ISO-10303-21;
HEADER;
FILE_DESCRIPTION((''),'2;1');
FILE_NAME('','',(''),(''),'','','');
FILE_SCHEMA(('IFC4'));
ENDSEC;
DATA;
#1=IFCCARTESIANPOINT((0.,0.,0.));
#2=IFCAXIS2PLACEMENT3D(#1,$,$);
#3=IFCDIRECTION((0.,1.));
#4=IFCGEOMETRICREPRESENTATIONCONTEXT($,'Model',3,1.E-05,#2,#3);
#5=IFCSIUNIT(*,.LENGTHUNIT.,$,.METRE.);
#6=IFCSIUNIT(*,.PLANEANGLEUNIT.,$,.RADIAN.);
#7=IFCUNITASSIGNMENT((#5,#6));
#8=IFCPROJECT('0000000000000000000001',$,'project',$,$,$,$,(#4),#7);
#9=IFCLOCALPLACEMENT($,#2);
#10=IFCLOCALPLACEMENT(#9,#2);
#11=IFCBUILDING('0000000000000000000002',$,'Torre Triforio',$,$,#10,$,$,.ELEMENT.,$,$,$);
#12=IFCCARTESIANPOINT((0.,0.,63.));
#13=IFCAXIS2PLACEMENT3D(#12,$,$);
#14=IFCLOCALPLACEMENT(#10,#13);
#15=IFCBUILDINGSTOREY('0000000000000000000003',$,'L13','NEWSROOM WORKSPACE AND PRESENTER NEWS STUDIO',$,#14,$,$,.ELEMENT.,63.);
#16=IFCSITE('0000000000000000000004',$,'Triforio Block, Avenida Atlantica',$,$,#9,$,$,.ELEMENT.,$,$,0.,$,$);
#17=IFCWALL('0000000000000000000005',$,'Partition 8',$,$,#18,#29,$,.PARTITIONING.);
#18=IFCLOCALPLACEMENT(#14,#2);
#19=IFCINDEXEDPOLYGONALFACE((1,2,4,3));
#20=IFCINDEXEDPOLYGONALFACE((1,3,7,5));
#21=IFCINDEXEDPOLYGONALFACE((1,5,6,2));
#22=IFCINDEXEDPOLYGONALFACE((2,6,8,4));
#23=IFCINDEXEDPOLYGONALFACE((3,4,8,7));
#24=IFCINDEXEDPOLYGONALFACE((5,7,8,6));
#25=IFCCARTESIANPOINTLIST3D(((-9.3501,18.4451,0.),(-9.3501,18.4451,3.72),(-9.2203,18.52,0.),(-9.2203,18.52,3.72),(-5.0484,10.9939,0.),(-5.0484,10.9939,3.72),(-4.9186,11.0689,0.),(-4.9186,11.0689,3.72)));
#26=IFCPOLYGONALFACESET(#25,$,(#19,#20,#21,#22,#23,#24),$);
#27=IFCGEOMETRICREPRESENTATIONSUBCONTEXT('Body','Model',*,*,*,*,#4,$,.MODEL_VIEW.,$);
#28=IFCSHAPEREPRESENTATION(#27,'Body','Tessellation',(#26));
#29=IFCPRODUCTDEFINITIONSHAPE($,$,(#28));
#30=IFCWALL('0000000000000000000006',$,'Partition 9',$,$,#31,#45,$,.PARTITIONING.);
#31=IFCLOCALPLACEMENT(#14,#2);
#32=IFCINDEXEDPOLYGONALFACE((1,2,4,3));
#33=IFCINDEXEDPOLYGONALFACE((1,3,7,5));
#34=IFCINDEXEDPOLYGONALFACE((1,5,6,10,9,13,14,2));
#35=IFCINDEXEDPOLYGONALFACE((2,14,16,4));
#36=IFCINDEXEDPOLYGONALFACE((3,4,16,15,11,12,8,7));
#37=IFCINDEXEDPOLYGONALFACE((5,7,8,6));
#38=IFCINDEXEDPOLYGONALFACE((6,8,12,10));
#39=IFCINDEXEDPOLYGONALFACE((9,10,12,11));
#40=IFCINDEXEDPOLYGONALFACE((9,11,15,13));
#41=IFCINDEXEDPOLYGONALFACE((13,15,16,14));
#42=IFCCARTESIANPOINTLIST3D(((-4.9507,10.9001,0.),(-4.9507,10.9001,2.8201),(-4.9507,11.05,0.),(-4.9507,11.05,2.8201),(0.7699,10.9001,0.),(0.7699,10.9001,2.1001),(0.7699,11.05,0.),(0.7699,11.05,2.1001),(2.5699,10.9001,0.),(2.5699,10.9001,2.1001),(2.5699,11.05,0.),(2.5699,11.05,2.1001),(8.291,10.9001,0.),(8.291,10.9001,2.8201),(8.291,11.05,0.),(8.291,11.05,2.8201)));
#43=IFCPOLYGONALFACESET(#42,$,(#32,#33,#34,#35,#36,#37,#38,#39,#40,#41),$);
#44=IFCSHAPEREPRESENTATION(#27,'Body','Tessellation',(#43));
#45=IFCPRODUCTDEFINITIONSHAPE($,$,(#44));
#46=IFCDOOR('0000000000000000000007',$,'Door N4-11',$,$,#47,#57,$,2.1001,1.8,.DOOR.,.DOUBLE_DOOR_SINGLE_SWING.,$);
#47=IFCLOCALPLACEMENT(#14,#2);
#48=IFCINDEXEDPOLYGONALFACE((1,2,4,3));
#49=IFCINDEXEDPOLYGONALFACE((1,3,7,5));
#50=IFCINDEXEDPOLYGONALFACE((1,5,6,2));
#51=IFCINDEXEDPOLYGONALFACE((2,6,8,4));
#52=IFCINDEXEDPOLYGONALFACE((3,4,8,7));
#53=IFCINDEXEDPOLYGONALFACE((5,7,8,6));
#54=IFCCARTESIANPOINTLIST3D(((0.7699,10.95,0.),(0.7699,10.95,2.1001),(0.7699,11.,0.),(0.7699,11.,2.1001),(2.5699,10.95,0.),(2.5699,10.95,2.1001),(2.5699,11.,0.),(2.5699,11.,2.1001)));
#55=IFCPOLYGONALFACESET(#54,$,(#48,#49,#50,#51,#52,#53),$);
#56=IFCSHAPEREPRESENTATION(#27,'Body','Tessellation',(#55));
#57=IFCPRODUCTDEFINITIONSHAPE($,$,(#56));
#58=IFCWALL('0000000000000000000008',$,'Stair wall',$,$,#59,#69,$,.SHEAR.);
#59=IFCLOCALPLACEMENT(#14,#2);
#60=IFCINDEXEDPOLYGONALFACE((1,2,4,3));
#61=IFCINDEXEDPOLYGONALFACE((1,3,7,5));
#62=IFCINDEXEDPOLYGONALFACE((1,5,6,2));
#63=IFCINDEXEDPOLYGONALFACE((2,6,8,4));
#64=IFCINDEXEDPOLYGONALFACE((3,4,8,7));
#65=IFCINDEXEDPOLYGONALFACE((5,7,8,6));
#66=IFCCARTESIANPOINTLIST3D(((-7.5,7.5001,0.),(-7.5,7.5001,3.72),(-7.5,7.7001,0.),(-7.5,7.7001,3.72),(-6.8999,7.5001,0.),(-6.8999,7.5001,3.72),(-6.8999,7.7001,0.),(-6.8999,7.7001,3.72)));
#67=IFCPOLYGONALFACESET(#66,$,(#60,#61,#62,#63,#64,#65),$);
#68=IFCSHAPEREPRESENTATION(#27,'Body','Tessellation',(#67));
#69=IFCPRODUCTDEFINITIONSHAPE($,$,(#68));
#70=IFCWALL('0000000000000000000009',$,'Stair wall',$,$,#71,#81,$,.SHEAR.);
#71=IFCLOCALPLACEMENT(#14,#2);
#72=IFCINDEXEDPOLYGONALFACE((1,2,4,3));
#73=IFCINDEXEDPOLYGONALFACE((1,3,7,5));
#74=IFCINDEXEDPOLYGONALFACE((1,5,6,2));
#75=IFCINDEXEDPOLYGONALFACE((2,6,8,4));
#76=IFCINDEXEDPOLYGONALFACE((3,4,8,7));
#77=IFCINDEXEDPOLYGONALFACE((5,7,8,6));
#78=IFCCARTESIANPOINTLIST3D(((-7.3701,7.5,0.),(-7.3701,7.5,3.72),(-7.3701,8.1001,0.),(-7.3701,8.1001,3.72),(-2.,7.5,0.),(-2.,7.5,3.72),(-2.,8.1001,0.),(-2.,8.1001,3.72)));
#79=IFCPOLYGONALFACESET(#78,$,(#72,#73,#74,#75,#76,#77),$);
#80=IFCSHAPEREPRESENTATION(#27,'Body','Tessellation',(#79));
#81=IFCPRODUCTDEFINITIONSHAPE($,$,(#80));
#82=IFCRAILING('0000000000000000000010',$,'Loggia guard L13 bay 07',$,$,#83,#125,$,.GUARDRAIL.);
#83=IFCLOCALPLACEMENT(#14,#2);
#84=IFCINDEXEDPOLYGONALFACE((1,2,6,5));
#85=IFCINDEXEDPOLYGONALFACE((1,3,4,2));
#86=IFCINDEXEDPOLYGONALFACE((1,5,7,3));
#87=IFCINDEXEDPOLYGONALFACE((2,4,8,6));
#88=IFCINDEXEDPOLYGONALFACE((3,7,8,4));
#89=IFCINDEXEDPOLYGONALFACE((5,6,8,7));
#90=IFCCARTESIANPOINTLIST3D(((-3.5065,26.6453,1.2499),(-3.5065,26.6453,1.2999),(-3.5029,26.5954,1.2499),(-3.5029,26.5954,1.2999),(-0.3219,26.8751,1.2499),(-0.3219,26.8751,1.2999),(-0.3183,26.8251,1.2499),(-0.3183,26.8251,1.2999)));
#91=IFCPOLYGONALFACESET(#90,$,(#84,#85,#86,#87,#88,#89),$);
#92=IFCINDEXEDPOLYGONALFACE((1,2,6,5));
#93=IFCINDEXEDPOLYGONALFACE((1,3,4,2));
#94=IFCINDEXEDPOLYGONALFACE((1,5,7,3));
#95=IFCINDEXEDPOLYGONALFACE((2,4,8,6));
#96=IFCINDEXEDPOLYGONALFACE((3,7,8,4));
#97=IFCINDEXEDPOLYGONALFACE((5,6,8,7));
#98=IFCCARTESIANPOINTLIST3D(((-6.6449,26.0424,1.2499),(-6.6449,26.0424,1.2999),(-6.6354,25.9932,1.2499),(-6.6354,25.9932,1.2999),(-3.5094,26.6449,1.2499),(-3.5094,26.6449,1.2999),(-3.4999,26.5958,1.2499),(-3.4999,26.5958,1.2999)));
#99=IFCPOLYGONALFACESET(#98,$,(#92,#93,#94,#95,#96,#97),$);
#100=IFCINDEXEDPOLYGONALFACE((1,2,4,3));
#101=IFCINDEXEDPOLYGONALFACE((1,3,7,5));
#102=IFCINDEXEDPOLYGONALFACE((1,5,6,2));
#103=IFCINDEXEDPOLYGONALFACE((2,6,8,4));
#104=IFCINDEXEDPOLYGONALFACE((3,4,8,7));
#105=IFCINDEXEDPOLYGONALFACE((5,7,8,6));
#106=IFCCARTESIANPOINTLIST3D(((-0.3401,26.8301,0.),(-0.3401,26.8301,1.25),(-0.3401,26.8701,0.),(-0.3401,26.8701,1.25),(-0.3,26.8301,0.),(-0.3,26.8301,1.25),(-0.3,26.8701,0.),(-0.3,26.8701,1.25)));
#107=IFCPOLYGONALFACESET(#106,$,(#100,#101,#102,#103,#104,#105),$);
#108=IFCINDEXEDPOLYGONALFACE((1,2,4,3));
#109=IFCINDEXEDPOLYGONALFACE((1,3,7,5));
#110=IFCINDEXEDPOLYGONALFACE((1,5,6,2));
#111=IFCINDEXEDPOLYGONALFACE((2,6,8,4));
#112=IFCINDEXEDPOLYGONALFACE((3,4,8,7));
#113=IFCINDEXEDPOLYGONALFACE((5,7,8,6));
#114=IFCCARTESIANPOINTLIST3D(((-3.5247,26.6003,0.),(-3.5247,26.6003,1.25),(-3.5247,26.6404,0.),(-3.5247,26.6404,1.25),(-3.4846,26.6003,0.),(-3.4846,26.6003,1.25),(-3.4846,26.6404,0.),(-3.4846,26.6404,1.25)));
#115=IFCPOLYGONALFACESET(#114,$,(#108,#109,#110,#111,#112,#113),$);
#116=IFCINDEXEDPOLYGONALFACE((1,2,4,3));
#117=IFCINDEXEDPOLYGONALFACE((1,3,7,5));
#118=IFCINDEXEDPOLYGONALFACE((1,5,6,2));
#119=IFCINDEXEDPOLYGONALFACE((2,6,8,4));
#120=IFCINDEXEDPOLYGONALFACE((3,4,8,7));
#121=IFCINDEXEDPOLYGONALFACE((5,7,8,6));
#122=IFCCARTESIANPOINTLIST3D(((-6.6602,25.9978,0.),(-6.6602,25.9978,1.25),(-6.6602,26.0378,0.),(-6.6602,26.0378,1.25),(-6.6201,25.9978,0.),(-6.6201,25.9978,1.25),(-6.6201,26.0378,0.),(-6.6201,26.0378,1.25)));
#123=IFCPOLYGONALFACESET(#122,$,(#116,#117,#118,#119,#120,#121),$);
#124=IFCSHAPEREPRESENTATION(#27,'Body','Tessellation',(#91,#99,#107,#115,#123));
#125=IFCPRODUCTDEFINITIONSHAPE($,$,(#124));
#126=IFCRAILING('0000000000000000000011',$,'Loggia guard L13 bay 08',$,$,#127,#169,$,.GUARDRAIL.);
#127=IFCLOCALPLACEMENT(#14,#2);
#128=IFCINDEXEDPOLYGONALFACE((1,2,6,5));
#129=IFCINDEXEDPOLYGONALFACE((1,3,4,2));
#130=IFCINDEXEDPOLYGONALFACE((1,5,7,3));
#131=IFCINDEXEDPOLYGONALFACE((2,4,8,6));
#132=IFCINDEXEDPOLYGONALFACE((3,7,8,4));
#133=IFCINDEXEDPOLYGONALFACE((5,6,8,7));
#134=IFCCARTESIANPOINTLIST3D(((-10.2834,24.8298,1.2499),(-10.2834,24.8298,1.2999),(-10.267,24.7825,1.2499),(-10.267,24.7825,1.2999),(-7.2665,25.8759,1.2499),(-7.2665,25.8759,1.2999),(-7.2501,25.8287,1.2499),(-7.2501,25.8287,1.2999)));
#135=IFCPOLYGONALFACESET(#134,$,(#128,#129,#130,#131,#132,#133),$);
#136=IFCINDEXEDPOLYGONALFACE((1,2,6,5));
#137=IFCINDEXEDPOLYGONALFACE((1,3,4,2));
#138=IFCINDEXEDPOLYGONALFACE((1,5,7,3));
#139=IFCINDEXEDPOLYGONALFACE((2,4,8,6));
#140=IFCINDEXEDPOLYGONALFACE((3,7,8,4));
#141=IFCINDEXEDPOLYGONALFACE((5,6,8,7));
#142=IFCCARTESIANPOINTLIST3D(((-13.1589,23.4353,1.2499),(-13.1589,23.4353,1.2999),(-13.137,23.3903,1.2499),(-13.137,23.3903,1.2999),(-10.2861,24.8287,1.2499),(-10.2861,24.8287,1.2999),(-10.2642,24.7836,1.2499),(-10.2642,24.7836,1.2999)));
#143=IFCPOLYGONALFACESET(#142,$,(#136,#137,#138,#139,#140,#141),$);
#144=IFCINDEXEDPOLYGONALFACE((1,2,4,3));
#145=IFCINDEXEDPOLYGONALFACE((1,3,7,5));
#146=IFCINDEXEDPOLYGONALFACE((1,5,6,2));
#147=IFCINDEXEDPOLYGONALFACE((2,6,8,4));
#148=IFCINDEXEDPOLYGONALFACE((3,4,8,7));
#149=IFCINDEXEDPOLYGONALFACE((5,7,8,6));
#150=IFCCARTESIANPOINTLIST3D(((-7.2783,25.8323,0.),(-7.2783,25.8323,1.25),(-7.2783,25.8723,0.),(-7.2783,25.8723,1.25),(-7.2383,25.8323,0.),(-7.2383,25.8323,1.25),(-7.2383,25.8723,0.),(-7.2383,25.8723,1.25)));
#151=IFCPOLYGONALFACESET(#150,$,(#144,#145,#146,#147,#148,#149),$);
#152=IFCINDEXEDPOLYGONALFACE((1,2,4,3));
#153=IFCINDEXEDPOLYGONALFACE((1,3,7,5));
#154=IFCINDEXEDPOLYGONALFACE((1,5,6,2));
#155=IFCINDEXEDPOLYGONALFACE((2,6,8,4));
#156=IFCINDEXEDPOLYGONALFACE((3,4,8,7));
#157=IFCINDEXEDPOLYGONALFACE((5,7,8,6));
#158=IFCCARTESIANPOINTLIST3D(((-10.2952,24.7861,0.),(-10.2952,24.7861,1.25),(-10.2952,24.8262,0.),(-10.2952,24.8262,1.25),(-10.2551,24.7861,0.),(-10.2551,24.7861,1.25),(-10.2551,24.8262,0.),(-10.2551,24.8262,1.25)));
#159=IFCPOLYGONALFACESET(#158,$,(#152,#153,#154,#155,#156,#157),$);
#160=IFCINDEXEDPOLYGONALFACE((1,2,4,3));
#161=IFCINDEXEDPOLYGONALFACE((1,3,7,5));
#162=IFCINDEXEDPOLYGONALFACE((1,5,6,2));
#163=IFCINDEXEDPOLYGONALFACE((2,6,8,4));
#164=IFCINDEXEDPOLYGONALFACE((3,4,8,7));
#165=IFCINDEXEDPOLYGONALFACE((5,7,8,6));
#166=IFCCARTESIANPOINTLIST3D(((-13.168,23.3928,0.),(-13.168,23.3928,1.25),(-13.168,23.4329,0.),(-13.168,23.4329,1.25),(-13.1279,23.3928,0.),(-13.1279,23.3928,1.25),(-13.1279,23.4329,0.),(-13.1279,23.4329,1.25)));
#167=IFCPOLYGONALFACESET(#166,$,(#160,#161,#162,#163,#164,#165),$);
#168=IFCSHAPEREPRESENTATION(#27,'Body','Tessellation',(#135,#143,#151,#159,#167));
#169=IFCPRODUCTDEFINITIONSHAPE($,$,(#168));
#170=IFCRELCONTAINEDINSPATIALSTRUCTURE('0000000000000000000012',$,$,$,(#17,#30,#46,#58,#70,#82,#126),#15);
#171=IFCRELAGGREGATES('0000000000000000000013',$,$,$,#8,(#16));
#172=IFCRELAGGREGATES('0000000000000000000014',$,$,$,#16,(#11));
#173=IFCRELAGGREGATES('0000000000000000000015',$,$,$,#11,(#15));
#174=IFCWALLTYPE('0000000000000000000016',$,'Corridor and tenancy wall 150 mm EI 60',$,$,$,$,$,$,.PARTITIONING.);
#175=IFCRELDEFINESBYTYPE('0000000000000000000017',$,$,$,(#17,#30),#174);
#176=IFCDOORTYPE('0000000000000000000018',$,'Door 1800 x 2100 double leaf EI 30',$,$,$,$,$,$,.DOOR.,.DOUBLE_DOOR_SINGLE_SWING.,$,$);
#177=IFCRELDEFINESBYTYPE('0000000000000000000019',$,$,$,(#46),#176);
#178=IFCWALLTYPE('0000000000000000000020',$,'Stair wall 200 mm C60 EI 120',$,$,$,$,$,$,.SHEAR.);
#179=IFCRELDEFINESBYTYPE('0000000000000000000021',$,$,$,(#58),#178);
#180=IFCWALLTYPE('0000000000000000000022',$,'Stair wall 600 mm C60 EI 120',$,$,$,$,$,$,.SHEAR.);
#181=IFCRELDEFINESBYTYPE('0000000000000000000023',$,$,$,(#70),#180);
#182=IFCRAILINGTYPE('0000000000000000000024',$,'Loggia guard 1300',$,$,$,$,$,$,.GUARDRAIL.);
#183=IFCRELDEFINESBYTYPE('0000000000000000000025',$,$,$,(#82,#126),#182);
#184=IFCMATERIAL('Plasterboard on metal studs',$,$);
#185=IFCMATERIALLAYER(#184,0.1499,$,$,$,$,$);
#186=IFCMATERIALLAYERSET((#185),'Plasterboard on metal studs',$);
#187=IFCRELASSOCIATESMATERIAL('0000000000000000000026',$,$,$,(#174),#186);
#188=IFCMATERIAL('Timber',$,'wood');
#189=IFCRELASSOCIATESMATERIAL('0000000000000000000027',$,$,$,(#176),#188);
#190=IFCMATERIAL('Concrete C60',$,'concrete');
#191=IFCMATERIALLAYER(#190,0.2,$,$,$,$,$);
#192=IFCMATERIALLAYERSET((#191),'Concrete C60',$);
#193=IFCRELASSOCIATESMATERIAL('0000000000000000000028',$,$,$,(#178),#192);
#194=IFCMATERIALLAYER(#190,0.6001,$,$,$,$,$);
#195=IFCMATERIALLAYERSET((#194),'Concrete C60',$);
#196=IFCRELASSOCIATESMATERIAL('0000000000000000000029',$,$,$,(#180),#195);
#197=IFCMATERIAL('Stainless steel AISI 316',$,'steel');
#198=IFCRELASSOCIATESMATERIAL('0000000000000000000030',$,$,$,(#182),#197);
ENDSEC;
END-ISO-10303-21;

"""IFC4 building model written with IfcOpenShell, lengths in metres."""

from ifc_helpers import new_model, si_unit, direction, frame, frame_2d, origin, origin_2d, place, context, subcontext, project, spatial, rectangle, extrude, material, layer, layer_set, type_object, element, fill, save


model = new_model("IFC4")

# Units and contexts
model_context = context("Model", 3, precision=1e-05, world=origin(), true_north=direction((0.0, 1.0)))
body_context = subcontext(model_context, "Body", "Model", "MODEL_VIEW")
ifc_project = project(units=[si_unit("LENGTHUNIT", "METRE"), si_unit("PLANEANGLEUNIT", "RADIAN")], contexts=[model_context])

# Site, building, storey
site_placement = place(None, origin())
site = spatial("IfcSite", under=ifc_project, at=site_placement, Name="Triforio Block, Avenida Atlantica", CompositionType="ELEMENT", RefElevation=0.0)
building_placement = place(site_placement, origin())
building = spatial("IfcBuilding", under=site, at=building_placement, Name="Torre Triforio", CompositionType="ELEMENT")
storey_placement = place(building_placement, frame((0.0, 0.0, 63.0)))
storey = spatial("IfcBuildingStorey", under=building, at=storey_placement, Name="L13", Description="NEWSROOM WORKSPACE AND PRESENTER NEWS STUDIO", CompositionType="ELEMENT", Elevation=63.0)

# Shared definitions
ifc_material_1 = material(Name="Concrete C60", Category="concrete")

# Shared definitions
ifc_material_2 = material(Name="Plasterboard on metal studs")
ifc_layer_1 = layer(ifc_material_2, 0.1499)
ifc_layer_set_1 = layer_set([ifc_layer_1], Name="Plasterboard on metal studs")
wall_type_1 = type_object("IfcWallType", Name="Corridor and tenancy wall 150 mm EI 60", PredefinedType="PARTITIONING", material=ifc_layer_set_1)

# Shared definitions
ifc_material_3 = material(Name="Timber", Category="wood")

# Wall
wall_1_placement = place(storey_placement, frame((-9.2852, 18.4824, 0.0), z_axis=(0.0, 0.0, 1.0), x_axis=(0.499984, -0.866034, 0.0)))
element("IfcWall", 1, at=wall_1_placement, inside=storey, type_object=wall_type_1, Name="Partition 8", PredefinedType="PARTITIONING", context=body_context, shape_type="SweptSolid", body=[
    extrude(rectangle(XDim=8.6038, YDim=0.1499, at=frame_2d((4.3018, 0.0))), origin(), (0.0, 0.0, 1.0), 3.72),
])

# Wall, opening, door
wall_2_placement = place(storey_placement, frame((-4.9507, 10.9751, 0.0), z_axis=(0.0, 0.0, 1.0), x_axis=(1.0, 0.0, 0.0)))
wall_2 = element("IfcWall", 2, at=wall_2_placement, inside=storey, type_object=wall_type_1, Name="Partition 9", PredefinedType="PARTITIONING", context=body_context, shape_type="SweptSolid", body=[
    extrude(rectangle(XDim=13.2417, YDim=0.1499, at=frame_2d((6.6208, 0.0))), origin(), (0.0, 0.0, 1.0), 2.8201),
])
opening_1_placement = place(wall_2_placement, frame((5.7207, 0.0, 0.0)))
opening_1 = element("IfcOpeningElement", 3, at=opening_1_placement, cuts=wall_2, PredefinedType="OPENING", context=body_context, shape_type="SweptSolid", body=[
    extrude(rectangle(XDim=1.8, YDim=2.1001, at=frame_2d((0.8999, 1.05))), frame((0.0, 0.085, 0.0), z_axis=(0.0, -1.0, 0.0), x_axis=(1.0, 0.0, 0.0)), (0.0, 0.0, 1.0), 0.1699),
])
door_type_1 = type_object("IfcDoorType", Name="Door 1800 x 2100 double leaf EI 30", OperationType="DOUBLE_DOOR_SINGLE_SWING", PredefinedType="DOOR", material=ifc_material_3)
door_1_placement = place(opening_1_placement, origin())
door_1 = element("IfcDoor", 4, at=door_1_placement, inside=storey, type_object=door_type_1, Name="Door N4-11", OperationType="DOUBLE_DOOR_SINGLE_SWING", OverallHeight=2.1001, OverallWidth=1.8, PredefinedType="DOOR", context=body_context, shape_type="SweptSolid", body=[
    extrude(rectangle(XDim=1.8, YDim=2.1001, at=frame_2d((0.8999, 1.05))), frame((0.0, 0.0249, 0.0), z_axis=(0.0, -1.0, 0.0), x_axis=(1.0, 0.0, 0.0)), (0.0, 0.0, 1.0), 0.05),
])
fill(opening_1, door_1)

# Walls
ifc_layer_2 = layer(ifc_material_1, 0.2)
ifc_layer_set_2 = layer_set([ifc_layer_2], Name="Concrete C60")
wall_type_2 = type_object("IfcWallType", Name="Stair wall 200 mm C60 EI 120", PredefinedType="SHEAR", material=ifc_layer_set_2)
wall_3_placement = place(storey_placement, frame((-7.5, 7.6001, 0.0), z_axis=(0.0, 0.0, 1.0), x_axis=(1.0, 0.0, 0.0)))
element("IfcWall", 5, at=wall_3_placement, inside=storey, type_object=wall_type_2, Name="Stair wall", PredefinedType="SHEAR", context=body_context, shape_type="SweptSolid", body=[
    extrude(rectangle(XDim=0.6001, YDim=0.2, at=frame_2d((0.3, 0.0))), origin(), (0.0, 0.0, 1.0), 3.72),
])
ifc_layer_3 = layer(ifc_material_1, 0.6001)
ifc_layer_set_3 = layer_set([ifc_layer_3], Name="Concrete C60")
wall_type_3 = type_object("IfcWallType", Name="Stair wall 600 mm C60 EI 120", PredefinedType="SHEAR", material=ifc_layer_set_3)
wall_4_placement = place(storey_placement, frame((-7.3701, 7.8, 0.0), z_axis=(0.0, 0.0, 1.0), x_axis=(1.0, 0.0, 0.0)))
element("IfcWall", 6, at=wall_4_placement, inside=storey, type_object=wall_type_3, Name="Stair wall", PredefinedType="SHEAR", context=body_context, shape_type="SweptSolid", body=[
    extrude(rectangle(XDim=5.3701, YDim=0.6001, at=frame_2d((2.6851, 0.0))), origin(), (0.0, 0.0, 1.0), 3.72),
])

# Railings
ifc_material_4 = material(Name="Stainless steel AISI 316", Category="steel")
railing_type = type_object("IfcRailingType", Name="Loggia guard 1300", PredefinedType="GUARDRAIL", material=ifc_material_4)
railing_1_placement = place(storey_placement, frame((-0.3201, 26.8501, 0.0)))
element("IfcRailing", 7, at=railing_1_placement, inside=storey, type_object=railing_type, Name="Loggia guard L13 bay 07", PredefinedType="GUARDRAIL", context=body_context, shape_type="SweptSolid", body=[
    extrude(rectangle(XDim=0.05, YDim=0.05, at=origin_2d()), frame((0.0, 0.0, 1.2749), z_axis=(-0.997408, -0.071953, 0.0), x_axis=(0.071953, -0.997408, 0.0)), (0.0, 0.0, 1.0), 3.1929),
    extrude(rectangle(XDim=0.05, YDim=0.05, at=origin_2d()), frame((-3.1846, -0.2297, 1.2749), z_axis=(-0.982032, -0.188714, 0.0), x_axis=(0.188714, -0.982032, 0.0)), (0.0, 0.0, 1.0), 3.1929),
    extrude(rectangle(XDim=0.04, YDim=0.04, at=origin_2d()), origin(), (0.0, 0.0, 1.0), 1.25),
    extrude(rectangle(XDim=0.04, YDim=0.04, at=origin_2d()), frame((-3.1846, -0.2297, 0.0)), (0.0, 0.0, 1.0), 1.25),
    extrude(rectangle(XDim=0.04, YDim=0.04, at=origin_2d()), frame((-6.3201, -0.8323, 0.0)), (0.0, 0.0, 1.0), 1.25),
])
railing_2_placement = place(storey_placement, frame((-7.2583, 25.8523, 0.0)))
element("IfcRailing", 8, at=railing_2_placement, inside=storey, type_object=railing_type, Name="Loggia guard L13 bay 08", PredefinedType="GUARDRAIL", context=body_context, shape_type="SweptSolid", body=[
    extrude(rectangle(XDim=0.05, YDim=0.05, at=origin_2d()), frame((0.0, 0.0, 1.2749), z_axis=(-0.944807, -0.327628, 0.0), x_axis=(0.327628, -0.944807, 0.0)), (0.0, 0.0, 1.0), 3.1931),
    extrude(rectangle(XDim=0.05, YDim=0.05, at=origin_2d()), frame((-3.0168, -1.0461, 1.2749), z_axis=(-0.89976, -0.436384, 0.0), x_axis=(0.436384, -0.89976, 0.0)), (0.0, 0.0, 1.0), 3.1929),
    extrude(rectangle(XDim=0.04, YDim=0.04, at=origin_2d()), origin(), (0.0, 0.0, 1.0), 1.25),
    extrude(rectangle(XDim=0.04, YDim=0.04, at=origin_2d()), frame((-3.0168, -1.0461, 0.0)), (0.0, 0.0, 1.0), 1.25),
    extrude(rectangle(XDim=0.04, YDim=0.04, at=origin_2d()), frame((-5.8896, -2.4395, 0.0)), (0.0, 0.0, 1.0), 1.25),
])

save(model, "model.ifc")
